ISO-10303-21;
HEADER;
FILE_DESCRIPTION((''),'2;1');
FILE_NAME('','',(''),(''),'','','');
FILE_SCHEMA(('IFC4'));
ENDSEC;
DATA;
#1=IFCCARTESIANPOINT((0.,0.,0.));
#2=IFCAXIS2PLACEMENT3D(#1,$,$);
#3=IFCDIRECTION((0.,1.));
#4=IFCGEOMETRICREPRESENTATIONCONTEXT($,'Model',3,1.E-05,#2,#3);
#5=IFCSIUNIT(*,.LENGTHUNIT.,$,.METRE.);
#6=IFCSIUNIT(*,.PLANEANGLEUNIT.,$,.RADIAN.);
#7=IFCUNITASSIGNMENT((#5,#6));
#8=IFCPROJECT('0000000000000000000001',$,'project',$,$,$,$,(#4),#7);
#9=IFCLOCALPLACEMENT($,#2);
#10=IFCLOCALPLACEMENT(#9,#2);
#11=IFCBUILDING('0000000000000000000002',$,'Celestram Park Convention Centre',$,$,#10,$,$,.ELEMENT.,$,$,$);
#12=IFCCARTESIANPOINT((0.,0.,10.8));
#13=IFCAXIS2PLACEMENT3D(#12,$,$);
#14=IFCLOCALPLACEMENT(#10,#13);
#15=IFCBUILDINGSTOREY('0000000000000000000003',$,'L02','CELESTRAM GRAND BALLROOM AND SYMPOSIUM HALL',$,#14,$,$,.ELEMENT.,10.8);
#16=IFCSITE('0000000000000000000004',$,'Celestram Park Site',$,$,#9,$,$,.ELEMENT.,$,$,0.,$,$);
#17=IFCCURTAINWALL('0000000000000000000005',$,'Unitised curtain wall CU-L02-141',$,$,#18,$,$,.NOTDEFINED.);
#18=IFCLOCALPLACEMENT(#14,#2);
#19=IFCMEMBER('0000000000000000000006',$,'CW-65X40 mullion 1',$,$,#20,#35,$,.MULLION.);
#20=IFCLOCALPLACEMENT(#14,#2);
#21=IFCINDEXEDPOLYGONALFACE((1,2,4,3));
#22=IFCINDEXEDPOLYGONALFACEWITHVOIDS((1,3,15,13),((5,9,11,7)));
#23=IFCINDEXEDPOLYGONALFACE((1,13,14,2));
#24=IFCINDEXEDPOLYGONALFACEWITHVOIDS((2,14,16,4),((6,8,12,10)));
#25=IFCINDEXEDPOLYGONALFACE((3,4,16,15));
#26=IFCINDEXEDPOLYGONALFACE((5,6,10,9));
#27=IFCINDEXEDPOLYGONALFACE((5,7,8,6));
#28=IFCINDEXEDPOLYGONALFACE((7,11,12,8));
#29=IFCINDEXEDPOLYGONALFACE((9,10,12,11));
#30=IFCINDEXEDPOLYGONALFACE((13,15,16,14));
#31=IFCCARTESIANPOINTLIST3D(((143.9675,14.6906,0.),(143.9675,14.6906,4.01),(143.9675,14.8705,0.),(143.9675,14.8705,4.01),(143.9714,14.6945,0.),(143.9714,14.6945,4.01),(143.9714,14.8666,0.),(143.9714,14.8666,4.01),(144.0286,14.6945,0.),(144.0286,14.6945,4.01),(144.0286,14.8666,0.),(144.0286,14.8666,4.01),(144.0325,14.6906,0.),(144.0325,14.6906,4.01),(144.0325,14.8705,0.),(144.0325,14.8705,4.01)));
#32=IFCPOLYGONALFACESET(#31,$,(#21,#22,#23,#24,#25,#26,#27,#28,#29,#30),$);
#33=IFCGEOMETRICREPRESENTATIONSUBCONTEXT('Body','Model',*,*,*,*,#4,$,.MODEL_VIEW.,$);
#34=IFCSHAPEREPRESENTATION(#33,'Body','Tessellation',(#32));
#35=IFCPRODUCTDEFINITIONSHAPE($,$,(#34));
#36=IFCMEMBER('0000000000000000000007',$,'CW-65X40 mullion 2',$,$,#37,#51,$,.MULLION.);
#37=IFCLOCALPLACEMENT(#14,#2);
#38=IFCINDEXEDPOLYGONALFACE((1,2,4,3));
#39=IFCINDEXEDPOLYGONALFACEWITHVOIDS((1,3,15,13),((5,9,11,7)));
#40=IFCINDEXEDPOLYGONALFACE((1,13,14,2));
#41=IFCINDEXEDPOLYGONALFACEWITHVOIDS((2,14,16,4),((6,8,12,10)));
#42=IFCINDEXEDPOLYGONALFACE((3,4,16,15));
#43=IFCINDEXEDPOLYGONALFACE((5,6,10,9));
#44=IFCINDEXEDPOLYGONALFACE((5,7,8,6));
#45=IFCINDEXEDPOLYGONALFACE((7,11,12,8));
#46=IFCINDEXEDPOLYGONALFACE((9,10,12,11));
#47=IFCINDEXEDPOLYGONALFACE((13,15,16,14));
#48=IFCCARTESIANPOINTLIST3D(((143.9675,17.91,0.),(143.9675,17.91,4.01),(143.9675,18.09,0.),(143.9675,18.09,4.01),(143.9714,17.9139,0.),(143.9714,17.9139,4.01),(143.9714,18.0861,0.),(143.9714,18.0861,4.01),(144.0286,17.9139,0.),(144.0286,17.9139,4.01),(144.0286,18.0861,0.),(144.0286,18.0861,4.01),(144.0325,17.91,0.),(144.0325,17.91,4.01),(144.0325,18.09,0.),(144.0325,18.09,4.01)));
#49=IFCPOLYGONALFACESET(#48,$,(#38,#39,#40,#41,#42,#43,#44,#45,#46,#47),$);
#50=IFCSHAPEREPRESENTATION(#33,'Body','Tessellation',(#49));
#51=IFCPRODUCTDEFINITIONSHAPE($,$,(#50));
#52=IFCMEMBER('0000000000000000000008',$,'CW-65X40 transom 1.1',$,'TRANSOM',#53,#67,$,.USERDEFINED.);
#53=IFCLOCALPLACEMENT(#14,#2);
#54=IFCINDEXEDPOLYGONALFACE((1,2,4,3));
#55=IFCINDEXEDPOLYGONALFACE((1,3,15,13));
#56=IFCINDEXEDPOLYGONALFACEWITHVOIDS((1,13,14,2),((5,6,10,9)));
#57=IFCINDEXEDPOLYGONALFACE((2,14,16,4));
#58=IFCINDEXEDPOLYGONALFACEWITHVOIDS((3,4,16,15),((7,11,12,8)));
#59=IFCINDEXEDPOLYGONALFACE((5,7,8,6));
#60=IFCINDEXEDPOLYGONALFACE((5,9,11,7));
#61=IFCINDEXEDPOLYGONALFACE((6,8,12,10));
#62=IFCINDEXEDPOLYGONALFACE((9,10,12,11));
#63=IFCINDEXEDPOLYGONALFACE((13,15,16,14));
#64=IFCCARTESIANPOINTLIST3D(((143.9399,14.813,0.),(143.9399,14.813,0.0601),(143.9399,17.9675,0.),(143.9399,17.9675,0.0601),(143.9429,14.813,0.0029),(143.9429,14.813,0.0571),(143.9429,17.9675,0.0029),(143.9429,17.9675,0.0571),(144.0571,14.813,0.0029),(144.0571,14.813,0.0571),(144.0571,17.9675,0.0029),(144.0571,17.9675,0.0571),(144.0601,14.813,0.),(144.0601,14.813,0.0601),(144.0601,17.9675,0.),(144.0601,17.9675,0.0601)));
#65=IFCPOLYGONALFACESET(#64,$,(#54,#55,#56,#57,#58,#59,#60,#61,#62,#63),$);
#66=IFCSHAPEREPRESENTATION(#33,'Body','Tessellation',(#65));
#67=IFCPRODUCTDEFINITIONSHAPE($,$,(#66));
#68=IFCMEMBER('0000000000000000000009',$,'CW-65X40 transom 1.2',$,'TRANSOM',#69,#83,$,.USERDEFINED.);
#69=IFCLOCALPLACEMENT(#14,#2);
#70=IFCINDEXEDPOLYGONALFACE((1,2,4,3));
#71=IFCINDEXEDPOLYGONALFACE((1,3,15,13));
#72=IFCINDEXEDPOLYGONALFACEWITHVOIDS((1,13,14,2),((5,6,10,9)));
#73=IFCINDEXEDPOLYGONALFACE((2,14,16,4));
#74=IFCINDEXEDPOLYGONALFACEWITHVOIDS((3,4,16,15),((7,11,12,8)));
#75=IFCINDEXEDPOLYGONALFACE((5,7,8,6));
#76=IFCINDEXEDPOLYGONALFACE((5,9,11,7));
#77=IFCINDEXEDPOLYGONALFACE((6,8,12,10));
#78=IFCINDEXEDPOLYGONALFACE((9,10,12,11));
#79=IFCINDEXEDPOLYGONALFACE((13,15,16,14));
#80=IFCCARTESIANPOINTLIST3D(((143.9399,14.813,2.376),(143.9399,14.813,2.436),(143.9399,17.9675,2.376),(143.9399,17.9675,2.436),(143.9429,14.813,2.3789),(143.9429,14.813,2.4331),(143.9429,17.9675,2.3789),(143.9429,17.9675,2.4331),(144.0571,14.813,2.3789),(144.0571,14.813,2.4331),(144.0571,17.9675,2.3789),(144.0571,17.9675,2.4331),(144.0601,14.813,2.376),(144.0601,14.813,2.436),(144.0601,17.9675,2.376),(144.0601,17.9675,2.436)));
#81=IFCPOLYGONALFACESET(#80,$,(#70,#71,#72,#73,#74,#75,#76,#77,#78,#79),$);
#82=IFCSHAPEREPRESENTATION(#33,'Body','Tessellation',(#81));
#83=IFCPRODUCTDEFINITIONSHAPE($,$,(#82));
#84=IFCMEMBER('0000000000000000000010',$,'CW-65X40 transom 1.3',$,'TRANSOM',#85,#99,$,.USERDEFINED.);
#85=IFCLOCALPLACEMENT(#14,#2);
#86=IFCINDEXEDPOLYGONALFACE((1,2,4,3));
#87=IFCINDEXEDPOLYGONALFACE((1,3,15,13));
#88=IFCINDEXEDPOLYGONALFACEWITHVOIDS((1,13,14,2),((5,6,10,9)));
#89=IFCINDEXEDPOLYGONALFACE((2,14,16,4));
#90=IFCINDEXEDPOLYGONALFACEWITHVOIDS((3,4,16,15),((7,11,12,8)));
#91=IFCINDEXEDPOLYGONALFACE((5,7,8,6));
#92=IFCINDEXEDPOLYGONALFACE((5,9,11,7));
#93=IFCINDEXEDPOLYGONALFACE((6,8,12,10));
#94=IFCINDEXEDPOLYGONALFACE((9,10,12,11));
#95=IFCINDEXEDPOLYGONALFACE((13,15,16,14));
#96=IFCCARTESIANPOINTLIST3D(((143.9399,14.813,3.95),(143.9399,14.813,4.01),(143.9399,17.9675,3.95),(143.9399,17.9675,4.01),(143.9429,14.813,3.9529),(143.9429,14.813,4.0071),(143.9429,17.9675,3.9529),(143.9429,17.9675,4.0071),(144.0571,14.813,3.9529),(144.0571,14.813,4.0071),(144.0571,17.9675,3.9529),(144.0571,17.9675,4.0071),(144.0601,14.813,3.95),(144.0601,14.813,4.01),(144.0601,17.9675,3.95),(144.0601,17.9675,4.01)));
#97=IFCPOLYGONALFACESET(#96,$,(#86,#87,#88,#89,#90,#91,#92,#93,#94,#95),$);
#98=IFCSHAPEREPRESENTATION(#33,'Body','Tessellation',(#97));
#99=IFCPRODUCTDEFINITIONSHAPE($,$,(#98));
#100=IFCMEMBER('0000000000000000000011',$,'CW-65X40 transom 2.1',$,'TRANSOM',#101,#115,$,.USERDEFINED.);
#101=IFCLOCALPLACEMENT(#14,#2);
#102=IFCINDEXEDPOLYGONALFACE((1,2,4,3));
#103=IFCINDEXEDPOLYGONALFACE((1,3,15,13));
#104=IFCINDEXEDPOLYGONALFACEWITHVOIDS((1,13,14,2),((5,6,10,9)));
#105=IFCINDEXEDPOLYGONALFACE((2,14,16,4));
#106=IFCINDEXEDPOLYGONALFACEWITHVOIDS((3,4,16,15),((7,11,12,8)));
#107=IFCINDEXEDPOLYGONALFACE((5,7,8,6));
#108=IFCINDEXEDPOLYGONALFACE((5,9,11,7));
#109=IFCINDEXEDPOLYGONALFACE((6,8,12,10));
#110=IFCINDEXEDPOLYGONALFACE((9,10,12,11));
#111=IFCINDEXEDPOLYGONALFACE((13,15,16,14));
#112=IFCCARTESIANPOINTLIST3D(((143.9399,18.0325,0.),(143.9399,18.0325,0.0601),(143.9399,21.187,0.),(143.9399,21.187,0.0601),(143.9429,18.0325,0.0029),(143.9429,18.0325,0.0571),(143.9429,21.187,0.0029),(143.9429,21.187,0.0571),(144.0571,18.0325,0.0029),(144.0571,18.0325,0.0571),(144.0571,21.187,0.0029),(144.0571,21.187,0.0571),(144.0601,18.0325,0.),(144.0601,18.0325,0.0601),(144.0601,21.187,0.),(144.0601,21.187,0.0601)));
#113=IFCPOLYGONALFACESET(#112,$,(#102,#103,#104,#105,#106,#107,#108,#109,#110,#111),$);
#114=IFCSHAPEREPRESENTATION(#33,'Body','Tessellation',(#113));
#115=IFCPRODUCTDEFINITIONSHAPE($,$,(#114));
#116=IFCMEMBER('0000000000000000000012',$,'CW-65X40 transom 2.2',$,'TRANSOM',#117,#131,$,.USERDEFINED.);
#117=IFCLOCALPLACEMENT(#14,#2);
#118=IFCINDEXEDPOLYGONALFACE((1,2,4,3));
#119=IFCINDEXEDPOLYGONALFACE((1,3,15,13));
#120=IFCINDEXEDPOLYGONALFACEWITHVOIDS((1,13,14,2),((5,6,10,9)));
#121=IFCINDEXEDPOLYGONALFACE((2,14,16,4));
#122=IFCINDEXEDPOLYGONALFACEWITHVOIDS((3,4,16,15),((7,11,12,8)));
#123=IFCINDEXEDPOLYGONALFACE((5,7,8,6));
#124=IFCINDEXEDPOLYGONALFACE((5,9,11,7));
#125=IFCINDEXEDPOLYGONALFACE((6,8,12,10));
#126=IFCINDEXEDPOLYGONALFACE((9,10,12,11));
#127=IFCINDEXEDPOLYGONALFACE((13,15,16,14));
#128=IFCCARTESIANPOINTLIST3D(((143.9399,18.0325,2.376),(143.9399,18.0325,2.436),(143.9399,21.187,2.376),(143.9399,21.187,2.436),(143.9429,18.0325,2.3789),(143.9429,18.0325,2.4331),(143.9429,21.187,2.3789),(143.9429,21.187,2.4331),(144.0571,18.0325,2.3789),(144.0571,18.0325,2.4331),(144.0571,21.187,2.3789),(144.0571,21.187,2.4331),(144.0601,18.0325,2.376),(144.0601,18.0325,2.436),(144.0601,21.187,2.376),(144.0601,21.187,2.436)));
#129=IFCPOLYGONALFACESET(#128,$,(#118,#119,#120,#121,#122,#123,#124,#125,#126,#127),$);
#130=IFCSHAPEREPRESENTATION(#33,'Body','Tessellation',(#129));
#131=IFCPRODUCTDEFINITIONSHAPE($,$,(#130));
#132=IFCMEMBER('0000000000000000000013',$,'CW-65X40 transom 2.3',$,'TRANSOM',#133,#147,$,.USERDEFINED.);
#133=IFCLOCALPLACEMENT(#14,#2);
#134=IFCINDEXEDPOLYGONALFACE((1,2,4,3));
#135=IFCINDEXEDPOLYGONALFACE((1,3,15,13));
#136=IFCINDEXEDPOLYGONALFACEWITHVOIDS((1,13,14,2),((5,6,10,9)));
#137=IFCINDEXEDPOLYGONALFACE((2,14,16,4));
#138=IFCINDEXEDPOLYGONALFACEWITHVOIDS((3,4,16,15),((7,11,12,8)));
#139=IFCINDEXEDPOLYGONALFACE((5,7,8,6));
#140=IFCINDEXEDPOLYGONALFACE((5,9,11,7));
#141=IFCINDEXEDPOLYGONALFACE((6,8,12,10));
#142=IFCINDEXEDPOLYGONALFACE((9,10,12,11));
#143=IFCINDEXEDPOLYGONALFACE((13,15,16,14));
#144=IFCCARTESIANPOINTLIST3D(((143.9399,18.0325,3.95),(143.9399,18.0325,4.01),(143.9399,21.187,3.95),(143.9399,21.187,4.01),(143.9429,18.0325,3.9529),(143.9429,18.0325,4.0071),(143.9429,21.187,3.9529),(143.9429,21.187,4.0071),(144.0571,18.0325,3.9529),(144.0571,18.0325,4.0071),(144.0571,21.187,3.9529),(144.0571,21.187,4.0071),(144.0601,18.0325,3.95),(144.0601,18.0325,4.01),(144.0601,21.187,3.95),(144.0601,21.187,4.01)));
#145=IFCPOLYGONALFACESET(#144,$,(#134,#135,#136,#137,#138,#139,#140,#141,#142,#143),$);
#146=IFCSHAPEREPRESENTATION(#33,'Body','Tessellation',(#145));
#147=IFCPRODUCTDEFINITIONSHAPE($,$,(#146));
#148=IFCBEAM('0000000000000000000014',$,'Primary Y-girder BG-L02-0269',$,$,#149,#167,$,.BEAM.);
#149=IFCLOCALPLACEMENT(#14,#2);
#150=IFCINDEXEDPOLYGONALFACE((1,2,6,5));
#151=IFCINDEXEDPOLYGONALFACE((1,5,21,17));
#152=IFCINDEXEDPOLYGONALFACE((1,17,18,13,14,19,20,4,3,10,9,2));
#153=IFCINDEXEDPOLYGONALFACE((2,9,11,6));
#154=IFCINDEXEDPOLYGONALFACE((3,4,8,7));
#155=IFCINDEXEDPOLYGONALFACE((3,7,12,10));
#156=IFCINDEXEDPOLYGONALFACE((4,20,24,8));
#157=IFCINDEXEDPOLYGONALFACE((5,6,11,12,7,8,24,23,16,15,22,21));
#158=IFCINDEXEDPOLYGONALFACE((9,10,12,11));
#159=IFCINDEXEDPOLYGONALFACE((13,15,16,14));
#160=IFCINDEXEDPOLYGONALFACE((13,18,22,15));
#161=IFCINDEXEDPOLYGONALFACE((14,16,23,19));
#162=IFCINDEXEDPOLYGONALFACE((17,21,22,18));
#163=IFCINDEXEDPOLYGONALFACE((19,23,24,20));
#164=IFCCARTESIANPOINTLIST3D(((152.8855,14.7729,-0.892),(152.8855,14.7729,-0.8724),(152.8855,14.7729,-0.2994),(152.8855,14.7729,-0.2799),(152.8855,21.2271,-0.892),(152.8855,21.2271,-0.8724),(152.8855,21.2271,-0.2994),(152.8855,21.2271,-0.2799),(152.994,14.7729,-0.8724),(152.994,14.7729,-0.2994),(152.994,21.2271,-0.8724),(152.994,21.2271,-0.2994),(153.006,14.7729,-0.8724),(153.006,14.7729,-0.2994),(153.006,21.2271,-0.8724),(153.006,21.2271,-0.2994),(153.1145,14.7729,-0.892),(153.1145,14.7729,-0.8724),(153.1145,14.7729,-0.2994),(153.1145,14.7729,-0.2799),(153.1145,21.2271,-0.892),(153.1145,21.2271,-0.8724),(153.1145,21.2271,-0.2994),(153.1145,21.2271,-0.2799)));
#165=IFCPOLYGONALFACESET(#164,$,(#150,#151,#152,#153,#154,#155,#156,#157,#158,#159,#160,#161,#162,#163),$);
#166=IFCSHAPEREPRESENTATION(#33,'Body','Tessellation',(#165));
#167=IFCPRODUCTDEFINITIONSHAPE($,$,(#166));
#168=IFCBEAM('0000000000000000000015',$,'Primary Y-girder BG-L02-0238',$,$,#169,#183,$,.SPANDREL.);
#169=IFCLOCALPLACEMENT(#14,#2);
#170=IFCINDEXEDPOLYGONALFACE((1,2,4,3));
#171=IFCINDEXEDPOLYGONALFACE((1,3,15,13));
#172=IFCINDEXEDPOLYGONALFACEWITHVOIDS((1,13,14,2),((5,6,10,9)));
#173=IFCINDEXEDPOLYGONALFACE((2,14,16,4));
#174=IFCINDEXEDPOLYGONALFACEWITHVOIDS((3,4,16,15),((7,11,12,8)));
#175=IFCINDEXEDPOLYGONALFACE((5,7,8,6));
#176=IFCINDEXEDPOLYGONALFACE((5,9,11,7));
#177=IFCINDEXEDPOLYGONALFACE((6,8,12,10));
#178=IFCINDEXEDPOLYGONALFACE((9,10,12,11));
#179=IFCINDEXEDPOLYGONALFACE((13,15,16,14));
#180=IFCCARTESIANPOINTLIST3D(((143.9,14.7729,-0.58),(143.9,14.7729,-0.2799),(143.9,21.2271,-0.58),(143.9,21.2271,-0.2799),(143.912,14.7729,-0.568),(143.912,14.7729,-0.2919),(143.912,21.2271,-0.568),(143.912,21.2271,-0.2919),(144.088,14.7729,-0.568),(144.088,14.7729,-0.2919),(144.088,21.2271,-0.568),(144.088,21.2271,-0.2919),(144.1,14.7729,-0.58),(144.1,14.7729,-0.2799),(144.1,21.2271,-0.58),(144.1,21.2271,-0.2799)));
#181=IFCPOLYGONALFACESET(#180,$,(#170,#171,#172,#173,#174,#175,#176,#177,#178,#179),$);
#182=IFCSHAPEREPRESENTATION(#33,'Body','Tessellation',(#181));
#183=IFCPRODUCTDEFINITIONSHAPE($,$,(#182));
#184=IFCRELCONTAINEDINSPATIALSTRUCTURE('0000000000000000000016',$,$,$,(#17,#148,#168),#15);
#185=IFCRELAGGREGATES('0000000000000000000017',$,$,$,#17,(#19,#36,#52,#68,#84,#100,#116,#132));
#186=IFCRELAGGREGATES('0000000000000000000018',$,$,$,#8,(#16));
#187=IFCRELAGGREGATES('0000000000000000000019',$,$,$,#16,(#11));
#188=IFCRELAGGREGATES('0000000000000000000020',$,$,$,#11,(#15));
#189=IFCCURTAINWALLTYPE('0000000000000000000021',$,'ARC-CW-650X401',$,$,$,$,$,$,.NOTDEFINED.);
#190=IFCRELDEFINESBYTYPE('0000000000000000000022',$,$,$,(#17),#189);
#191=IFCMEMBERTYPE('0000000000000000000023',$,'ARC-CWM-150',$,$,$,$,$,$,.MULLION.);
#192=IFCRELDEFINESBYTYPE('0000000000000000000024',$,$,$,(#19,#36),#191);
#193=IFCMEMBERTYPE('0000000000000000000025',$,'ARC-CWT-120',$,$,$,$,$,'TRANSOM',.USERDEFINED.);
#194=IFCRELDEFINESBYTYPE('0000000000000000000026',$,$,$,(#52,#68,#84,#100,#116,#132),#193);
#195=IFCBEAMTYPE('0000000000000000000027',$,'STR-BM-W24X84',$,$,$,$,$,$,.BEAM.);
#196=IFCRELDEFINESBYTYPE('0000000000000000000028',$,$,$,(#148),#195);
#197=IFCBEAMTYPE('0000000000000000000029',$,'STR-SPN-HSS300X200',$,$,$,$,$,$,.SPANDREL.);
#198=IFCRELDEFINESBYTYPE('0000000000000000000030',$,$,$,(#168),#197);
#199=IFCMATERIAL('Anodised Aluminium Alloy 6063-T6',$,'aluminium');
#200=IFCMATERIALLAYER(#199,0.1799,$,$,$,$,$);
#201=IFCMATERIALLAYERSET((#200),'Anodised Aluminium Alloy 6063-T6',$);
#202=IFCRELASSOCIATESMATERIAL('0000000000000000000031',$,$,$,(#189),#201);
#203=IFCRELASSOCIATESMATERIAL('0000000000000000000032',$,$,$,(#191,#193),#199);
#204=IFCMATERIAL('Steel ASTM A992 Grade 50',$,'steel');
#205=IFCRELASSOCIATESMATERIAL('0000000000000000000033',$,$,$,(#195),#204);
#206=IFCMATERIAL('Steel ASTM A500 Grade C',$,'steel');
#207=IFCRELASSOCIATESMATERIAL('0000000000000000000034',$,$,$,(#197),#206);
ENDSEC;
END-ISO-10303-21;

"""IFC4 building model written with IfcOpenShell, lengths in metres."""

from ifc_helpers import new_model, si_unit, direction, frame, origin, origin_2d, place, context, subcontext, project, spatial, hollow_rectangle, i_section, extrude, material, layer, layer_set, material_profile, profile_set, type_object, element, aggregate, save


model = new_model("IFC4")

# Units and contexts
model_context = context("Model", 3, precision=1e-05, world=origin(), true_north=direction((0.0, 1.0)))
body_context = subcontext(model_context, "Body", "Model", "MODEL_VIEW")
ifc_project = project(units=[si_unit("LENGTHUNIT", "METRE"), si_unit("PLANEANGLEUNIT", "RADIAN")], contexts=[model_context])

# Site, building, storey
site_placement = place(None, origin())
site = spatial("IfcSite", under=ifc_project, at=site_placement, Name="Celestram Park Site", CompositionType="ELEMENT", RefElevation=0.0)
building_placement = place(site_placement, origin())
building = spatial("IfcBuilding", under=site, at=building_placement, Name="Celestram Park Convention Centre", CompositionType="ELEMENT")
storey_placement = place(building_placement, frame((0.0, 0.0, 10.8)))
storey = spatial("IfcBuildingStorey", under=building, at=storey_placement, Name="L02", Description="CELESTRAM GRAND BALLROOM AND SYMPOSIUM HALL", CompositionType="ELEMENT", Elevation=10.8)

# Curtain wall, members
ifc_material_1 = material(Name="Anodised Aluminium Alloy 6063-T6", Category="aluminium")
ifc_layer_1 = layer(ifc_material_1, 0.1799)
ifc_layer_set_1 = layer_set([ifc_layer_1], Name="Anodised Aluminium Alloy 6063-T6")
curtain_wall_type = type_object("IfcCurtainWallType", Name="ARC-CW-650X401", PredefinedType="NOTDEFINED", material=ifc_layer_set_1)
curtain_wall_placement = place(storey_placement, origin())
curtain_wall = element("IfcCurtainWall", 1, at=curtain_wall_placement, inside=storey, type_object=curtain_wall_type, Name="Unitised curtain wall CU-L02-141", PredefinedType="NOTDEFINED")
ifc_material_profile_1 = material_profile(ifc_material_1, hollow_rectangle(XDim=0.0649, YDim=0.1799, WallThickness=0.0039, at=origin_2d()), Name="ALU65X180X4")
ifc_profile_set_1 = profile_set([ifc_material_profile_1], Name="Anodised Aluminium Alloy 6063-T6")
member_type_1 = type_object("IfcMemberType", Name="ARC-CWM-150", PredefinedType="MULLION", material=ifc_profile_set_1)
member_1_placement = place(storey_placement, frame((144.0, 14.7805, 0.0), z_axis=(0.0, 0.0, 1.0), x_axis=(-1.0, 0.0, 0.0)))
member_1 = element("IfcMember", 2, at=member_1_placement, type_object=member_type_1, Name="CW-65X40 mullion 1", PredefinedType="MULLION", context=body_context, shape_type="SweptSolid", body=[
    extrude(hollow_rectangle(XDim=0.0649, YDim=0.1799, WallThickness=0.0039, at=origin_2d()), origin(), (0.0, 0.0, 1.0), 4.01),
])
member_2_placement = place(storey_placement, frame((144.0, 18.0, 0.0), z_axis=(0.0, 0.0, 1.0), x_axis=(-1.0, 0.0, 0.0)))
member_2 = element("IfcMember", 3, at=member_2_placement, type_object=member_type_1, Name="CW-65X40 mullion 2", PredefinedType="MULLION", context=body_context, shape_type="SweptSolid", body=[
    extrude(hollow_rectangle(XDim=0.0649, YDim=0.1799, WallThickness=0.0039, at=origin_2d()), origin(), (0.0, 0.0, 1.0), 4.01),
])
ifc_material_profile_2 = material_profile(ifc_material_1, hollow_rectangle(XDim=0.1201, YDim=0.0601, WallThickness=0.0029, at=origin_2d()), Name="ALU120X60X3")
ifc_profile_set_2 = profile_set([ifc_material_profile_2], Name="Anodised Aluminium Alloy 6063-T6")
member_type_2 = type_object("IfcMemberType", Name="ARC-CWT-120", ElementType="TRANSOM", PredefinedType="USERDEFINED", material=ifc_profile_set_2)
member_3_placement = place(storey_placement, frame((144.0, 14.813, 0.03), z_axis=(0.0, 1.0, 0.0), x_axis=(-1.0, 0.0, 0.0)))
member_3 = element("IfcMember", 4, at=member_3_placement, type_object=member_type_2, Name="CW-65X40 transom 1.1", ObjectType="TRANSOM", PredefinedType="USERDEFINED", context=body_context, shape_type="SweptSolid", body=[
    extrude(hollow_rectangle(XDim=0.1201, YDim=0.0601, WallThickness=0.0029, at=origin_2d()), origin(), (0.0, 0.0, 1.0), 3.1545),
])
member_4_placement = place(storey_placement, frame((144.0, 14.813, 2.406), z_axis=(0.0, 1.0, 0.0), x_axis=(-1.0, 0.0, 0.0)))
member_4 = element("IfcMember", 5, at=member_4_placement, type_object=member_type_2, Name="CW-65X40 transom 1.2", ObjectType="TRANSOM", PredefinedType="USERDEFINED", context=body_context, shape_type="SweptSolid", body=[
    extrude(hollow_rectangle(XDim=0.1201, YDim=0.0601, WallThickness=0.0029, at=origin_2d()), origin(), (0.0, 0.0, 1.0), 3.1545),
])
member_5_placement = place(storey_placement, frame((144.0, 14.813, 3.98), z_axis=(0.0, 1.0, 0.0), x_axis=(-1.0, 0.0, 0.0)))
member_5 = element("IfcMember", 6, at=member_5_placement, type_object=member_type_2, Name="CW-65X40 transom 1.3", ObjectType="TRANSOM", PredefinedType="USERDEFINED", context=body_context, shape_type="SweptSolid", body=[
    extrude(hollow_rectangle(XDim=0.1201, YDim=0.0601, WallThickness=0.0029, at=origin_2d()), origin(), (0.0, 0.0, 1.0), 3.1545),
])
member_6_placement = place(storey_placement, frame((144.0, 18.0325, 0.03), z_axis=(0.0, 1.0, 0.0), x_axis=(-1.0, 0.0, 0.0)))
member_6 = element("IfcMember", 7, at=member_6_placement, type_object=member_type_2, Name="CW-65X40 transom 2.1", ObjectType="TRANSOM", PredefinedType="USERDEFINED", context=body_context, shape_type="SweptSolid", body=[
    extrude(hollow_rectangle(XDim=0.1201, YDim=0.0601, WallThickness=0.0029, at=origin_2d()), origin(), (0.0, 0.0, 1.0), 3.1545),
])
member_7_placement = place(storey_placement, frame((144.0, 18.0325, 2.406), z_axis=(0.0, 1.0, 0.0), x_axis=(-1.0, 0.0, 0.0)))
member_7 = element("IfcMember", 8, at=member_7_placement, type_object=member_type_2, Name="CW-65X40 transom 2.2", ObjectType="TRANSOM", PredefinedType="USERDEFINED", context=body_context, shape_type="SweptSolid", body=[
    extrude(hollow_rectangle(XDim=0.1201, YDim=0.0601, WallThickness=0.0029, at=origin_2d()), origin(), (0.0, 0.0, 1.0), 3.1545),
])
member_8_placement = place(storey_placement, frame((144.0, 18.0325, 3.98), z_axis=(0.0, 1.0, 0.0), x_axis=(-1.0, 0.0, 0.0)))
member_8 = element("IfcMember", 9, at=member_8_placement, type_object=member_type_2, Name="CW-65X40 transom 2.3", ObjectType="TRANSOM", PredefinedType="USERDEFINED", context=body_context, shape_type="SweptSolid", body=[
    extrude(hollow_rectangle(XDim=0.1201, YDim=0.0601, WallThickness=0.0029, at=origin_2d()), origin(), (0.0, 0.0, 1.0), 3.1545),
])

# Beams
ifc_material_2 = material(Name="Steel ASTM A992 Grade 50", Category="steel")
ifc_material_profile_3 = material_profile(ifc_material_2, i_section(OverallWidth=0.229, OverallDepth=0.6121, WebThickness=0.012, FlangeThickness=0.0195, at=origin_2d()), Name="W24X84")
ifc_profile_set_3 = profile_set([ifc_material_profile_3], Name="Steel ASTM A992 Grade 50")
beam_type_1 = type_object("IfcBeamType", Name="STR-BM-W24X84", PredefinedType="BEAM", material=ifc_profile_set_3)
beam_1_placement = place(storey_placement, frame((153.0, 14.7729, -0.5859), z_axis=(0.0, 1.0, 0.0), x_axis=(-1.0, 0.0, 0.0)))
element("IfcBeam", 10, at=beam_1_placement, inside=storey, type_object=beam_type_1, Name="Primary Y-girder BG-L02-0269", PredefinedType="BEAM", context=body_context, shape_type="SweptSolid", body=[
    extrude(i_section(OverallWidth=0.229, OverallDepth=0.6121, WebThickness=0.012, FlangeThickness=0.0195, at=origin_2d()), origin(), (0.0, 0.0, 1.0), 6.4541),
])
ifc_material_3 = material(Name="Steel ASTM A500 Grade C", Category="steel")
ifc_material_profile_4 = material_profile(ifc_material_3, hollow_rectangle(XDim=0.2, YDim=0.3, WallThickness=0.012, at=origin_2d()), Name="HSS300X200X12")
ifc_profile_set_4 = profile_set([ifc_material_profile_4], Name="Steel ASTM A500 Grade C")
beam_type_2 = type_object("IfcBeamType", Name="STR-SPN-HSS300X200", PredefinedType="SPANDREL", material=ifc_profile_set_4)
beam_2_placement = place(storey_placement, frame((144.0, 14.7729, -0.4299), z_axis=(0.0, 1.0, 0.0), x_axis=(-1.0, 0.0, 0.0)))
element("IfcBeam", 11, at=beam_2_placement, inside=storey, type_object=beam_type_2, Name="Primary Y-girder BG-L02-0238", PredefinedType="SPANDREL", context=body_context, shape_type="SweptSolid", body=[
    extrude(hollow_rectangle(XDim=0.2, YDim=0.3, WallThickness=0.012, at=origin_2d()), origin(), (0.0, 0.0, 1.0), 6.4541),
])

aggregate(curtain_wall, [member_1, member_2, member_3, member_4, member_5, member_6, member_7, member_8])

save(model, "model.ifc")
